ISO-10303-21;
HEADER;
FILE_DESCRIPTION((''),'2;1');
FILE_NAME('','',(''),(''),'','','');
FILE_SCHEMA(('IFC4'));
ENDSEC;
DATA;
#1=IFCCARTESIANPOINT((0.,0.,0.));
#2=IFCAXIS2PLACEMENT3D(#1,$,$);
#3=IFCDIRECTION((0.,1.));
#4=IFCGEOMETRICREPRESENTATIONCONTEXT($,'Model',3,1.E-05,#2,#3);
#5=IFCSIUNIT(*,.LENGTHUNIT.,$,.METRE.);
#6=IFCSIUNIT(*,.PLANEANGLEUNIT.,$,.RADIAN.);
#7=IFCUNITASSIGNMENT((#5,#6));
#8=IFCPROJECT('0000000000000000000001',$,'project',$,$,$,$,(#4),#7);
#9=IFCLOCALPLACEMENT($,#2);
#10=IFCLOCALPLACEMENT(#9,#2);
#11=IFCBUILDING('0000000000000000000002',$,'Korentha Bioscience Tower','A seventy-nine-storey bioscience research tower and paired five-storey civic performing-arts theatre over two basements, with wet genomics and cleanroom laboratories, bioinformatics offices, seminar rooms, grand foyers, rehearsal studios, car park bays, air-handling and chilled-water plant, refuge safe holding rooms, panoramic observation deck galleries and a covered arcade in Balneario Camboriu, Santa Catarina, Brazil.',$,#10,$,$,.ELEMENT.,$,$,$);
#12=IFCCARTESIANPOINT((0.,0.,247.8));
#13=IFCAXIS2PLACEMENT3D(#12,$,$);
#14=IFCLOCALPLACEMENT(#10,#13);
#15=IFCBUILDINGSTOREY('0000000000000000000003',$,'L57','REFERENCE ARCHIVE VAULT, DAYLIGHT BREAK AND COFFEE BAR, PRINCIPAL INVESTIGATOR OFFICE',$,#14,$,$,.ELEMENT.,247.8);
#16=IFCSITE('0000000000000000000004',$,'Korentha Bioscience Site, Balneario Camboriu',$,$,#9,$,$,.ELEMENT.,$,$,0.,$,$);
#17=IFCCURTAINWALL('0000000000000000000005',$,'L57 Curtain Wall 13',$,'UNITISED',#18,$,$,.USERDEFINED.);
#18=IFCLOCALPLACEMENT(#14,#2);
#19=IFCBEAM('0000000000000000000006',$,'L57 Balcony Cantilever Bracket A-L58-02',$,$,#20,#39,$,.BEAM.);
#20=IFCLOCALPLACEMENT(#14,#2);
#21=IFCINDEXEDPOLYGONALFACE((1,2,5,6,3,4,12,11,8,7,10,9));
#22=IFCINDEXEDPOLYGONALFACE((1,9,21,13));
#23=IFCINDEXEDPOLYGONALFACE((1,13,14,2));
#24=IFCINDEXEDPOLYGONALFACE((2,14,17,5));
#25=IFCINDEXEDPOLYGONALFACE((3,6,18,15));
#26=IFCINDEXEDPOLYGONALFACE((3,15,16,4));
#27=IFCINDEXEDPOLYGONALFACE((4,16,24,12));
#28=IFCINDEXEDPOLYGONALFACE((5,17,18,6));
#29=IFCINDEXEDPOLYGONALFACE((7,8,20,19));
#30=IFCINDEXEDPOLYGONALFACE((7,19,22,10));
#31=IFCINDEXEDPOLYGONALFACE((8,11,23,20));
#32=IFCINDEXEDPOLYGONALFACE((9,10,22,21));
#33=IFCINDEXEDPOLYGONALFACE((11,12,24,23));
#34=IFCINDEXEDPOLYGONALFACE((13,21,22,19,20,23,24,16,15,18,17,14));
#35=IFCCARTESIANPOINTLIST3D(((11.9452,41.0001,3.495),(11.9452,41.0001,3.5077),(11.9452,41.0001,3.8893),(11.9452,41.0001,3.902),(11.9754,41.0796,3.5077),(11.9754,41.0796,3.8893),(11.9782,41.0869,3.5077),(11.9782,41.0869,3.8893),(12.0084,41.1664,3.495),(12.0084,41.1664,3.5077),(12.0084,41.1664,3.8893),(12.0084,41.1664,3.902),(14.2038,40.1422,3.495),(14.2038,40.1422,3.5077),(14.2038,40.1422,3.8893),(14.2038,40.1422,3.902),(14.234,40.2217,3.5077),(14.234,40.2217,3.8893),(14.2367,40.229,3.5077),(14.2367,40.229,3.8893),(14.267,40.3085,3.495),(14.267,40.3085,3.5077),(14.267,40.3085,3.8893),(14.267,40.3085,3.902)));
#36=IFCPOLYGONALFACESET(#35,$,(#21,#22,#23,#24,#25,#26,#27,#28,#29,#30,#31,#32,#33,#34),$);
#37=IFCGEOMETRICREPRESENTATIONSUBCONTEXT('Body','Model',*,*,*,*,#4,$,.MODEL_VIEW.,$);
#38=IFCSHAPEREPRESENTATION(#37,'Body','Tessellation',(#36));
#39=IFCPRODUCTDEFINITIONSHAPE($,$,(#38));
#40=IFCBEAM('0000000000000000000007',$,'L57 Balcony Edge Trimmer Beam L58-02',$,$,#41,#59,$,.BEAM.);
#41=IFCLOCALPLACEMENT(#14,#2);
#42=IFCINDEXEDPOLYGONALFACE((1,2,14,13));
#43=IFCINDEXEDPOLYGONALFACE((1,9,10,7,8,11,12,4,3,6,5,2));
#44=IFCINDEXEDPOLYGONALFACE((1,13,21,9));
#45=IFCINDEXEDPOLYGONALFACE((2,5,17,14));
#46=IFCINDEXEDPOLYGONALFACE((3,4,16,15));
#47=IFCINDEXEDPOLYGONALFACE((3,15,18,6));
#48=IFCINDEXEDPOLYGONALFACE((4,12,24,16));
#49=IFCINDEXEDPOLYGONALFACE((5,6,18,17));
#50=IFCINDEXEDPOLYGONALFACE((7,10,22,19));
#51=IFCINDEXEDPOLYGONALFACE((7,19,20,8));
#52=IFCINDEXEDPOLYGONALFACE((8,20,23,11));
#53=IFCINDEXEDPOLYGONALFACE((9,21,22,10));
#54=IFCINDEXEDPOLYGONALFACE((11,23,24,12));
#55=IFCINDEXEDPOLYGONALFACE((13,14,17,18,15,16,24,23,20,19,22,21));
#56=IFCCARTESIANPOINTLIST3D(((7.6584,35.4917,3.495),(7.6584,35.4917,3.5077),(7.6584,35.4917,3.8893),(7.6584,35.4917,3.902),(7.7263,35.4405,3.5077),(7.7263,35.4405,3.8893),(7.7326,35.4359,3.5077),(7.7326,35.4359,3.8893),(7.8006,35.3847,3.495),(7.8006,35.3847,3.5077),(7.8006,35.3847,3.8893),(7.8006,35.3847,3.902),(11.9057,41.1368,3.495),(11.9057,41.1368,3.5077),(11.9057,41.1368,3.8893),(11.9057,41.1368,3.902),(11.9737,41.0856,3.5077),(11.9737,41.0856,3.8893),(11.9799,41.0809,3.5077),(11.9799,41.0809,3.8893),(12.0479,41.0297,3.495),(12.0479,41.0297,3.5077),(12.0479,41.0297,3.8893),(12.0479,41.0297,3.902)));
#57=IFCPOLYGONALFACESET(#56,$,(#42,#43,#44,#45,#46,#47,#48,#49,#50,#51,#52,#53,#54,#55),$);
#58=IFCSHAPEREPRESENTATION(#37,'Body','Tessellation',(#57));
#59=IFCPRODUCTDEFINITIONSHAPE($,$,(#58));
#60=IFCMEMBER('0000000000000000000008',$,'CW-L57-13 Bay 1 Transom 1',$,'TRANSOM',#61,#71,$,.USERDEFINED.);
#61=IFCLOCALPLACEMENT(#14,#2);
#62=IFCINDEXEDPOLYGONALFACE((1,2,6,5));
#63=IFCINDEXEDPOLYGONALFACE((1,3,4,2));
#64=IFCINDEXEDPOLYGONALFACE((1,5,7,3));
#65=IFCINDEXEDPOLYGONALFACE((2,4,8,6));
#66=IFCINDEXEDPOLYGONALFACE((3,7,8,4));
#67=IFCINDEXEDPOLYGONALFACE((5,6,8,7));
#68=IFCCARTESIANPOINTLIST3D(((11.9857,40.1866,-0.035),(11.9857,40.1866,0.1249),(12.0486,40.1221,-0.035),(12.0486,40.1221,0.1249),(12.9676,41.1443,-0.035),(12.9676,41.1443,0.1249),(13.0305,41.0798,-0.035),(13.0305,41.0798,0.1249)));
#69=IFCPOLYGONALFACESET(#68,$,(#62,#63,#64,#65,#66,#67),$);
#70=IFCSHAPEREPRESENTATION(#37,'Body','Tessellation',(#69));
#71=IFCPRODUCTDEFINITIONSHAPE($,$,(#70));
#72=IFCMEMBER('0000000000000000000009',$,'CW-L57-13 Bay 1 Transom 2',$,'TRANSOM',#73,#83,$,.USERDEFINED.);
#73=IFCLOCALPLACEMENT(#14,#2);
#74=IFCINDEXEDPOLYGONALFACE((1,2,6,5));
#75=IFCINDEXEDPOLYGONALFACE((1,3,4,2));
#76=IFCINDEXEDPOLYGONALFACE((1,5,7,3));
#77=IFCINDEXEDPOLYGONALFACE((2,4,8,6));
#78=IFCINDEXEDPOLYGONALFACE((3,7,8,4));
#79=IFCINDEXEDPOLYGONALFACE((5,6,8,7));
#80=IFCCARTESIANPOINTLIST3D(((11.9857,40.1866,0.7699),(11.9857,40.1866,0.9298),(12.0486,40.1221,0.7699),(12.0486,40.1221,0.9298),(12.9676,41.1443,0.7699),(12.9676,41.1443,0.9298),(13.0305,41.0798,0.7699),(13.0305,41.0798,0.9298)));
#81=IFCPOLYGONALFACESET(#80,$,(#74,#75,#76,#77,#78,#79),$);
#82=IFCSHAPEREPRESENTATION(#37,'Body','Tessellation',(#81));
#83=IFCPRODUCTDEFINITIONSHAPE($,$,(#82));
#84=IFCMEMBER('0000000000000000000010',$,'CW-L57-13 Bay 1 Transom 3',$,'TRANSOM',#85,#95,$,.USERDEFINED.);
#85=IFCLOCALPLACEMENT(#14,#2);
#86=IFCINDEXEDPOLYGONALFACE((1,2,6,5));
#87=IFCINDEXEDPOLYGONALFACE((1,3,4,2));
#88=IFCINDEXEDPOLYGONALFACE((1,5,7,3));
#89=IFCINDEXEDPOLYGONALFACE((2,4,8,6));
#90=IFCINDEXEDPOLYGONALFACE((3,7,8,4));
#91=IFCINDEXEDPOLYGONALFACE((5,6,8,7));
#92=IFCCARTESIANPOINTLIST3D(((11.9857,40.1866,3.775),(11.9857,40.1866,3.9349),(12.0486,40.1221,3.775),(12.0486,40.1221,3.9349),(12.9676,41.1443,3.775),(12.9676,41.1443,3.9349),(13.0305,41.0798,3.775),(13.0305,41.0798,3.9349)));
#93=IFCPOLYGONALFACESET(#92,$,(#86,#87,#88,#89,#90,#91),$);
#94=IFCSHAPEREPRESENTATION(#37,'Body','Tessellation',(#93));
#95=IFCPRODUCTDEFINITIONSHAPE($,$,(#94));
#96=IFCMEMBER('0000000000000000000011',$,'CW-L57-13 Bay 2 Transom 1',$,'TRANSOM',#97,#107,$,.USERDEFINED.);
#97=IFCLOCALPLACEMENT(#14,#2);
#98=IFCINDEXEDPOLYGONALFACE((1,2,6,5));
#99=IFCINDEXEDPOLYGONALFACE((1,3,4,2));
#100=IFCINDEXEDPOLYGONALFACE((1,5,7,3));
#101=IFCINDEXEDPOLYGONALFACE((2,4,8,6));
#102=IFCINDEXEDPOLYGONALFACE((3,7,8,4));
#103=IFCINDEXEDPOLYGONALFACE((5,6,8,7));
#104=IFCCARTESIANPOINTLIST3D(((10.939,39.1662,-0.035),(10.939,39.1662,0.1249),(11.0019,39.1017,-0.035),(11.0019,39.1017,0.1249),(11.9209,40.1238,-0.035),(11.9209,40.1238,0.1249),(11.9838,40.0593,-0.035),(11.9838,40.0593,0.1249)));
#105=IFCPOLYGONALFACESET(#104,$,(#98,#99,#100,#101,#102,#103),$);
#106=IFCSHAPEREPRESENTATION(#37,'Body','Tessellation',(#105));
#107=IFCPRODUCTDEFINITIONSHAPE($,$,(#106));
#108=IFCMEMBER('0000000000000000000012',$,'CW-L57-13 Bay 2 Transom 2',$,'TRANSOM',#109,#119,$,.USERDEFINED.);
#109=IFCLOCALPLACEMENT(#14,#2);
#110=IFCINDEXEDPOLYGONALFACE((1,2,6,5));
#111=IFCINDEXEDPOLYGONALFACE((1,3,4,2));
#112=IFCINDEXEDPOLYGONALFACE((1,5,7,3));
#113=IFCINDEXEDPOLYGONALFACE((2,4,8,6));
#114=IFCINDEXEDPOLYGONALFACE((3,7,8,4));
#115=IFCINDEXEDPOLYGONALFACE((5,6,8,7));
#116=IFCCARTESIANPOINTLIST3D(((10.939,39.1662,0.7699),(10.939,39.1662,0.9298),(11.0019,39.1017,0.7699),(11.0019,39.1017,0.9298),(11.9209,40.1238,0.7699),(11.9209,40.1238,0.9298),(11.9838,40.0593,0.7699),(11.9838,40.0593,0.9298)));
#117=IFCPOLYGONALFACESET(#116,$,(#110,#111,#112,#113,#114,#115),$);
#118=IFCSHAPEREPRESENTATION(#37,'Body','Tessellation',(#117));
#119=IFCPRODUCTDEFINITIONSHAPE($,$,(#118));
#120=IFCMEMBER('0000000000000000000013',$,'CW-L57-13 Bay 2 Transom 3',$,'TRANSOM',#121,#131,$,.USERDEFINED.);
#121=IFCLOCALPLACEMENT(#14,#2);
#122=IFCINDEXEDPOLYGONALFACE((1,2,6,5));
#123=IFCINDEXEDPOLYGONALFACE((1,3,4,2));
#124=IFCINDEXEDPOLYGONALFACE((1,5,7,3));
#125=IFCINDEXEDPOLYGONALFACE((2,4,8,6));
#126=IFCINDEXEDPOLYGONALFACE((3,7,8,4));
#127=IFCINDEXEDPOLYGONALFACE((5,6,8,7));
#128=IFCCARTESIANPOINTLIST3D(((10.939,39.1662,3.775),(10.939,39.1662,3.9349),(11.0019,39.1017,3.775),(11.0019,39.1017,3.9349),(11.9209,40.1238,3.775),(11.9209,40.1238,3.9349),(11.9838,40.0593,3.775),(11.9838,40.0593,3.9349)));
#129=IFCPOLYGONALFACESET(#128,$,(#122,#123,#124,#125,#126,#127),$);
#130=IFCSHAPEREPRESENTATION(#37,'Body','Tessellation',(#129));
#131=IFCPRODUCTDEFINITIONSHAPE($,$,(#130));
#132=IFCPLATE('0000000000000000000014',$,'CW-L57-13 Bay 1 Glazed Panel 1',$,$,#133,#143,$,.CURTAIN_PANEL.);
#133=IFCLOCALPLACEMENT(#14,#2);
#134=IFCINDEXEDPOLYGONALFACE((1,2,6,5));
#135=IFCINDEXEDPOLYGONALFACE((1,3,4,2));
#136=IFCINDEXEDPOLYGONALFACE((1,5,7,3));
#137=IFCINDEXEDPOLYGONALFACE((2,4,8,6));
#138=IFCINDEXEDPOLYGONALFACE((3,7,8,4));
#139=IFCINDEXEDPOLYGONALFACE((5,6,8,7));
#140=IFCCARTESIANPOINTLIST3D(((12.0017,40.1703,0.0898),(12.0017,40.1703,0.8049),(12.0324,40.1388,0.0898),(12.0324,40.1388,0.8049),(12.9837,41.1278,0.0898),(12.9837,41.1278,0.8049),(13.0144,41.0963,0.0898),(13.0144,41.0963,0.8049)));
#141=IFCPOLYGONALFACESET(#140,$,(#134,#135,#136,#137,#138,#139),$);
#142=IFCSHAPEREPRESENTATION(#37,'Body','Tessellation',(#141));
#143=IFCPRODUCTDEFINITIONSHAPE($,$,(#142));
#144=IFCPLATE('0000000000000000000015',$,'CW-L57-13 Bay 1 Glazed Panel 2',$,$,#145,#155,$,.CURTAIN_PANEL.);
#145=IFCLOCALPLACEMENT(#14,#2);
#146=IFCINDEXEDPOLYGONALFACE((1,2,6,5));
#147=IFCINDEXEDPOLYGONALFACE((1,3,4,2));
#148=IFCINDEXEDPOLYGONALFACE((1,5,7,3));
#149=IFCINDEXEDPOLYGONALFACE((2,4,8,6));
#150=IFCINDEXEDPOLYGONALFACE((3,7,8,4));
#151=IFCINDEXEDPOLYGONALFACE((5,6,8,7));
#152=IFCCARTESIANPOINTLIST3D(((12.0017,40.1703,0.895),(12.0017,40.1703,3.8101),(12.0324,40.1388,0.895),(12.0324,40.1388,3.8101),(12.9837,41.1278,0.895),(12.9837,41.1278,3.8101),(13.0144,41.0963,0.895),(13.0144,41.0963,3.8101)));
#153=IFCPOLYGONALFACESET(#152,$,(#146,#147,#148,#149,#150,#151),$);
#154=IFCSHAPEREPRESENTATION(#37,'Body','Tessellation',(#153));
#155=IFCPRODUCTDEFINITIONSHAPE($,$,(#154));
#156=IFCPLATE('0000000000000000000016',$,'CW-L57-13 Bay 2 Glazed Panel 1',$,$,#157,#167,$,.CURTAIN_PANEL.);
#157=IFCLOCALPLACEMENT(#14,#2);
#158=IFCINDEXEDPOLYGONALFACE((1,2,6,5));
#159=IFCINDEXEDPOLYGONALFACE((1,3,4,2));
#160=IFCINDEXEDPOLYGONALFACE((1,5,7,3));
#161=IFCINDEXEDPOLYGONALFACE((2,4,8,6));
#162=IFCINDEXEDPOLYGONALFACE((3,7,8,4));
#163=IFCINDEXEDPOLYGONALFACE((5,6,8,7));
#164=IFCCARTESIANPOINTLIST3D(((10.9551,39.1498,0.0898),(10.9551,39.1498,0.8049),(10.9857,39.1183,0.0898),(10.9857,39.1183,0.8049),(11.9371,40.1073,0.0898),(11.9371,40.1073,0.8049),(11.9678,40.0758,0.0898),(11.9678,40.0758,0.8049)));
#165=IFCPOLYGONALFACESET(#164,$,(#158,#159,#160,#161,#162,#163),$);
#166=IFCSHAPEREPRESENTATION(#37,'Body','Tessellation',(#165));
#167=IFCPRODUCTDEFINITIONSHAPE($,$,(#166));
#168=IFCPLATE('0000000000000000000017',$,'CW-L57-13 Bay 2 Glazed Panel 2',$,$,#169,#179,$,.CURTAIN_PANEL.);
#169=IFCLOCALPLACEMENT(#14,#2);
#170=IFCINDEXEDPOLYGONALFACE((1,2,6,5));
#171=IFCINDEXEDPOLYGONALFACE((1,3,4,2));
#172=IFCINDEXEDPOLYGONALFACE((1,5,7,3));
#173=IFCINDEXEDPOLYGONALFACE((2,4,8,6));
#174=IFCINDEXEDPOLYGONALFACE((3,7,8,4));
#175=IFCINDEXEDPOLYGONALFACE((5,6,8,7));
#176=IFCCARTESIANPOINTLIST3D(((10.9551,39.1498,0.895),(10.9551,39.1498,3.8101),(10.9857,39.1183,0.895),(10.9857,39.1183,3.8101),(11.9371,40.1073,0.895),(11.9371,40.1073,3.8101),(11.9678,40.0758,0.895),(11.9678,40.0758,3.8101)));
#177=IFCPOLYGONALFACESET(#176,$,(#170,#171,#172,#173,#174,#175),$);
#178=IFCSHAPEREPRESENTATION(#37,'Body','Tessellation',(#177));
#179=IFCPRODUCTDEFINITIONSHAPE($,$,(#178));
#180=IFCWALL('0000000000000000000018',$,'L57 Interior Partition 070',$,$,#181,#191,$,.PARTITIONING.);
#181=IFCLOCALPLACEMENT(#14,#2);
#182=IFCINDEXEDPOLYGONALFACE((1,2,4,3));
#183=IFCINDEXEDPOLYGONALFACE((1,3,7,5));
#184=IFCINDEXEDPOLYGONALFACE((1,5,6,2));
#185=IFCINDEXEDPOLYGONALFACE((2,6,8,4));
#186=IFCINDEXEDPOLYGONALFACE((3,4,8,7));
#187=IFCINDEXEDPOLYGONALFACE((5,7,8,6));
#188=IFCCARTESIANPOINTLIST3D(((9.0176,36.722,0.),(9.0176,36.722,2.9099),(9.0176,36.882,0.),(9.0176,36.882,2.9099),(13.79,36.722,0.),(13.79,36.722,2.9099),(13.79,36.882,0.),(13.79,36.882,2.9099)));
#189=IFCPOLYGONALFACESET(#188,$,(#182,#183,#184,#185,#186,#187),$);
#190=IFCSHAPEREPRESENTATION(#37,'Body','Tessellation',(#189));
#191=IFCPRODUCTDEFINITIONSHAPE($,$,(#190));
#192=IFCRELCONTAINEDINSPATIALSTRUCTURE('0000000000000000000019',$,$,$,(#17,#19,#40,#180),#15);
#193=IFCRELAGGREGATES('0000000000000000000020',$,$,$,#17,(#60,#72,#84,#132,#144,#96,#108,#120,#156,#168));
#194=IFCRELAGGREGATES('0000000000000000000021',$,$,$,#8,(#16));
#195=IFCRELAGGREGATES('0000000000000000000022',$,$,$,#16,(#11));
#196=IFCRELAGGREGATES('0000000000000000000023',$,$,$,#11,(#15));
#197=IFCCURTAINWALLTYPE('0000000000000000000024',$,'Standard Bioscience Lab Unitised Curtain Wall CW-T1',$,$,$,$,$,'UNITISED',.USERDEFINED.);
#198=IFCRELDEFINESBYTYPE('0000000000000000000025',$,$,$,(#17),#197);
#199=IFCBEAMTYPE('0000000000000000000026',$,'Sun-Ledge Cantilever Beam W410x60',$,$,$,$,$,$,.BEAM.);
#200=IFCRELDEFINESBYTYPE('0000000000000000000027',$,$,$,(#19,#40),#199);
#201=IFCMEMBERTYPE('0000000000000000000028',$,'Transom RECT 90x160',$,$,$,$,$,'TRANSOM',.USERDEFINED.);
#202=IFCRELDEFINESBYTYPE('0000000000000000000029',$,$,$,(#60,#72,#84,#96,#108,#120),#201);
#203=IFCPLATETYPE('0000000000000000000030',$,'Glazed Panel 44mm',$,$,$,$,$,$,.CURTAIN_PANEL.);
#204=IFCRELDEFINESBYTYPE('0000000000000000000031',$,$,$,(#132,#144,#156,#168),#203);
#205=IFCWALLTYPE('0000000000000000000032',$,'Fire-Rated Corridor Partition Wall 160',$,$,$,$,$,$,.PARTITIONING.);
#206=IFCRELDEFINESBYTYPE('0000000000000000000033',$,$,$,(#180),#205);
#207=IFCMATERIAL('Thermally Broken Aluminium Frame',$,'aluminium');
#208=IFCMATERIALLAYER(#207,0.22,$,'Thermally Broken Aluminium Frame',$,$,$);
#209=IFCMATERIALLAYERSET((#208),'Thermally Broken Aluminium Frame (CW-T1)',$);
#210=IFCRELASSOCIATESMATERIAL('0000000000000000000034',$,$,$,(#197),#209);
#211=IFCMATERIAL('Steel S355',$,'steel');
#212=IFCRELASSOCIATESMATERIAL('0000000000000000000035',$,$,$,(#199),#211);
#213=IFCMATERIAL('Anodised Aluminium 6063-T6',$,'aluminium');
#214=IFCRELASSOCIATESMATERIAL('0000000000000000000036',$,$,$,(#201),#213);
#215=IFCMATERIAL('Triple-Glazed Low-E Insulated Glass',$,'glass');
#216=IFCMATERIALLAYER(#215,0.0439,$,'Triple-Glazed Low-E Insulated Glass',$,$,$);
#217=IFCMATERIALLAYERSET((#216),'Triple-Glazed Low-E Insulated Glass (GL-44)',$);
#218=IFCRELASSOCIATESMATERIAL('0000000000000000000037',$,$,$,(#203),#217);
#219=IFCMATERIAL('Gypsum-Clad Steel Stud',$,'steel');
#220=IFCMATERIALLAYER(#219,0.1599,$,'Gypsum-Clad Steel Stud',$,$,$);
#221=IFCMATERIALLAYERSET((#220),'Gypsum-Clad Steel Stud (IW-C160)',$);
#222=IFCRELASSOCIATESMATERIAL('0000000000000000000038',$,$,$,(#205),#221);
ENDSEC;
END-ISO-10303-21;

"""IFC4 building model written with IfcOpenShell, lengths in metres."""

from ifc_helpers import new_model, si_unit, direction, frame, frame_2d, origin, origin_2d, place, context, subcontext, project, spatial, rectangle, i_section, extrude, material, layer, layer_set, material_profile, profile_set, type_object, element, aggregate, save


model = new_model("IFC4")

# Units and contexts
model_context = context("Model", 3, precision=1e-05, world=origin(), true_north=direction((0.0, 1.0)))
body_context = subcontext(model_context, "Body", "Model", "MODEL_VIEW")
ifc_project = project(units=[si_unit("LENGTHUNIT", "METRE"), si_unit("PLANEANGLEUNIT", "RADIAN")], contexts=[model_context])

# Site, building, storey
site_placement = place(None, origin())
site = spatial("IfcSite", under=ifc_project, at=site_placement, Name="Korentha Bioscience Site, Balneario Camboriu", CompositionType="ELEMENT", RefElevation=0.0)
building_placement = place(site_placement, origin())
building = spatial("IfcBuilding", under=site, at=building_placement, Name="Korentha Bioscience Tower", Description="A seventy-nine-storey bioscience research tower and paired five-storey civic performing-arts theatre over two basements, with wet genomics and cleanroom laboratories, bioinformatics offices, seminar rooms, grand foyers, rehearsal studios, car park bays, air-handling and chilled-water plant, refuge safe holding rooms, panoramic observation deck galleries and a covered arcade in Balneario Camboriu, Santa Catarina, Brazil.", CompositionType="ELEMENT")
storey_placement = place(building_placement, frame((0.0, 0.0, 247.8)))
storey = spatial("IfcBuildingStorey", under=building, at=storey_placement, Name="L57", Description="REFERENCE ARCHIVE VAULT, DAYLIGHT BREAK AND COFFEE BAR, PRINCIPAL INVESTIGATOR OFFICE", CompositionType="ELEMENT", Elevation=247.8)

# Curtain wall
ifc_material_1 = material(Name="Thermally Broken Aluminium Frame", Category="aluminium")
ifc_layer_1 = layer(ifc_material_1, 0.22, Name="Thermally Broken Aluminium Frame")
ifc_layer_set_1 = layer_set([ifc_layer_1], Name="Thermally Broken Aluminium Frame (CW-T1)")
curtain_wall_type = type_object("IfcCurtainWallType", Name="Standard Bioscience Lab Unitised Curtain Wall CW-T1", ElementType="UNITISED", PredefinedType="USERDEFINED", material=ifc_layer_set_1)
curtain_wall_placement = place(storey_placement, origin())
curtain_wall = element("IfcCurtainWall", 1, at=curtain_wall_placement, inside=storey, type_object=curtain_wall_type, Name="L57 Curtain Wall 13", ObjectType="UNITISED", PredefinedType="USERDEFINED")
ifc_material_2 = material(Name="Anodised Aluminium 6063-T6", Category="aluminium")

# Beams
ifc_material_3 = material(Name="Steel S355", Category="steel")
ifc_material_profile_1 = material_profile(ifc_material_3, i_section(OverallWidth=0.178, OverallDepth=0.407, WebThickness=0.0078, FlangeThickness=0.0127, at=origin_2d()), Name="Steel S355")
ifc_profile_set_1 = profile_set([ifc_material_profile_1], Name="Steel S355 (CB-410)")
beam_type_1 = type_object("IfcBeamType", Name="Sun-Ledge Cantilever Beam W410x60", PredefinedType="BEAM", material=ifc_profile_set_1)
beam_1_placement = place(storey_placement, frame((14.2354, 40.2253, 3.6985), z_axis=(-0.93483, 0.355096, 0.0), x_axis=(-0.355096, -0.93483, 0.0)))
element("IfcBeam", 2, at=beam_1_placement, inside=storey, type_object=beam_type_1, Name="L57 Balcony Cantilever Bracket A-L58-02", PredefinedType="BEAM", context=body_context, shape_type="SweptSolid", body=[
    extrude(i_section(OverallWidth=0.178, OverallDepth=0.407, WebThickness=0.0078, FlangeThickness=0.0127, at=origin_2d()), origin(), (0.0, 0.0, 1.0), 2.416),
])
beam_2_placement = place(storey_placement, frame((11.9768, 41.0833, 3.6985), z_axis=(-0.601227, -0.799078, 0.0), x_axis=(0.799078, -0.601227, 0.0)))
element("IfcBeam", 3, at=beam_2_placement, inside=storey, type_object=beam_type_1, Name="L57 Balcony Edge Trimmer Beam L58-02", PredefinedType="BEAM", context=body_context, shape_type="SweptSolid", body=[
    extrude(i_section(OverallWidth=0.178, OverallDepth=0.407, WebThickness=0.0078, FlangeThickness=0.0127, at=origin_2d()), origin(), (0.0, 0.0, 1.0), 7.0645),
])

# Members
ifc_material_profile_2 = material_profile(ifc_material_2, rectangle(XDim=0.0901, YDim=0.1599, at=origin_2d()), Name="Anodised Aluminium 6063-T6")
ifc_profile_set_2 = profile_set([ifc_material_profile_2], Name="Anodised Aluminium 6063-T6 (CW-TRN)")
member_type_1 = type_object("IfcMemberType", Name="Transom RECT 90x160", ElementType="TRANSOM", PredefinedType="USERDEFINED", material=ifc_profile_set_2)
member_1_placement = place(storey_placement, frame((12.999, 41.1121, 0.0449), z_axis=(-0.715862, -0.698242, 0.0), x_axis=(0.698242, -0.715862, 0.0)))
member_1 = element("IfcMember", 4, at=member_1_placement, type_object=member_type_1, Name="CW-L57-13 Bay 1 Transom 1", ObjectType="TRANSOM", PredefinedType="USERDEFINED", context=body_context, shape_type="SweptSolid", body=[
    extrude(rectangle(XDim=0.0901, YDim=0.1599, at=origin_2d()), origin(), (0.0, 0.0, 1.0), 1.3716),
])
member_2_placement = place(storey_placement, frame((12.999, 41.1121, 0.8499), z_axis=(-0.715862, -0.698242, 0.0), x_axis=(0.698242, -0.715862, 0.0)))
member_2 = element("IfcMember", 5, at=member_2_placement, type_object=member_type_1, Name="CW-L57-13 Bay 1 Transom 2", ObjectType="TRANSOM", PredefinedType="USERDEFINED", context=body_context, shape_type="SweptSolid", body=[
    extrude(rectangle(XDim=0.0901, YDim=0.1599, at=origin_2d()), origin(), (0.0, 0.0, 1.0), 1.3716),
])
member_3_placement = place(storey_placement, frame((12.999, 41.1121, 3.855), z_axis=(-0.715862, -0.698242, 0.0), x_axis=(0.698242, -0.715862, 0.0)))
member_3 = element("IfcMember", 6, at=member_3_placement, type_object=member_type_1, Name="CW-L57-13 Bay 1 Transom 3", ObjectType="TRANSOM", PredefinedType="USERDEFINED", context=body_context, shape_type="SweptSolid", body=[
    extrude(rectangle(XDim=0.0901, YDim=0.1599, at=origin_2d()), origin(), (0.0, 0.0, 1.0), 1.3716),
])
member_4_placement = place(storey_placement, frame((11.9524, 40.0916, 0.0449), z_axis=(-0.715951, -0.69815, 0.0), x_axis=(0.69815, -0.715951, 0.0)))
member_4 = element("IfcMember", 7, at=member_4_placement, type_object=member_type_1, Name="CW-L57-13 Bay 2 Transom 1", ObjectType="TRANSOM", PredefinedType="USERDEFINED", context=body_context, shape_type="SweptSolid", body=[
    extrude(rectangle(XDim=0.0901, YDim=0.1599, at=origin_2d()), origin(), (0.0, 0.0, 1.0), 1.3716),
])
member_5_placement = place(storey_placement, frame((11.9524, 40.0916, 0.8499), z_axis=(-0.715951, -0.69815, 0.0), x_axis=(0.69815, -0.715951, 0.0)))
member_5 = element("IfcMember", 8, at=member_5_placement, type_object=member_type_1, Name="CW-L57-13 Bay 2 Transom 2", ObjectType="TRANSOM", PredefinedType="USERDEFINED", context=body_context, shape_type="SweptSolid", body=[
    extrude(rectangle(XDim=0.0901, YDim=0.1599, at=origin_2d()), origin(), (0.0, 0.0, 1.0), 1.3716),
])
member_6_placement = place(storey_placement, frame((11.9524, 40.0916, 3.855), z_axis=(-0.715951, -0.69815, 0.0), x_axis=(0.69815, -0.715951, 0.0)))
member_6 = element("IfcMember", 9, at=member_6_placement, type_object=member_type_1, Name="CW-L57-13 Bay 2 Transom 3", ObjectType="TRANSOM", PredefinedType="USERDEFINED", context=body_context, shape_type="SweptSolid", body=[
    extrude(rectangle(XDim=0.0901, YDim=0.1599, at=origin_2d()), origin(), (0.0, 0.0, 1.0), 1.3716),
])

# Plates
ifc_material_4 = material(Name="Triple-Glazed Low-E Insulated Glass", Category="glass")
ifc_layer_2 = layer(ifc_material_4, 0.0439, Name="Triple-Glazed Low-E Insulated Glass")
ifc_layer_set_2 = layer_set([ifc_layer_2], Name="Triple-Glazed Low-E Insulated Glass (GL-44)")
plate_type = type_object("IfcPlateType", Name="Glazed Panel 44mm", PredefinedType="CURTAIN_PANEL", material=ifc_layer_set_2)
plate_1_placement = place(storey_placement, frame((12.5081, 40.6333, 0.0898), z_axis=(0.0, 0.0, 1.0), x_axis=(-0.715994, -0.698107, 0.0)))
plate_1 = element("IfcPlate", 10, at=plate_1_placement, type_object=plate_type, Name="CW-L57-13 Bay 1 Glazed Panel 1", PredefinedType="CURTAIN_PANEL", context=body_context, shape_type="SweptSolid", body=[
    extrude(rectangle(XDim=1.3716, YDim=0.0439, at=origin_2d()), origin(), (0.0, 0.0, 1.0), 0.7151),
])
plate_2_placement = place(storey_placement, frame((12.5081, 40.6333, 0.895), z_axis=(0.0, 0.0, 1.0), x_axis=(-0.715994, -0.698107, 0.0)))
plate_2 = element("IfcPlate", 11, at=plate_2_placement, type_object=plate_type, Name="CW-L57-13 Bay 1 Glazed Panel 2", PredefinedType="CURTAIN_PANEL", context=body_context, shape_type="SweptSolid", body=[
    extrude(rectangle(XDim=1.3716, YDim=0.0439, at=origin_2d()), origin(), (0.0, 0.0, 1.0), 2.915),
])
plate_3_placement = place(storey_placement, frame((11.4614, 39.6128, 0.0898), z_axis=(0.0, 0.0, 1.0), x_axis=(-0.715994, -0.698107, 0.0)))
plate_3 = element("IfcPlate", 12, at=plate_3_placement, type_object=plate_type, Name="CW-L57-13 Bay 2 Glazed Panel 1", PredefinedType="CURTAIN_PANEL", context=body_context, shape_type="SweptSolid", body=[
    extrude(rectangle(XDim=1.3716, YDim=0.0439, at=origin_2d()), origin(), (0.0, 0.0, 1.0), 0.7151),
])
plate_4_placement = place(storey_placement, frame((11.4614, 39.6128, 0.895), z_axis=(0.0, 0.0, 1.0), x_axis=(-0.715994, -0.698107, 0.0)))
plate_4 = element("IfcPlate", 13, at=plate_4_placement, type_object=plate_type, Name="CW-L57-13 Bay 2 Glazed Panel 2", PredefinedType="CURTAIN_PANEL", context=body_context, shape_type="SweptSolid", body=[
    extrude(rectangle(XDim=1.3716, YDim=0.0439, at=origin_2d()), origin(), (0.0, 0.0, 1.0), 2.915),
])
aggregate(curtain_wall, [member_1, member_2, member_3, plate_1, plate_2, member_4, member_5, member_6, plate_3, plate_4])

# Shared definitions
ifc_material_5 = material(Name="Gypsum-Clad Steel Stud", Category="steel")
ifc_layer_3 = layer(ifc_material_5, 0.1599, Name="Gypsum-Clad Steel Stud")
ifc_layer_set_3 = layer_set([ifc_layer_3], Name="Gypsum-Clad Steel Stud (IW-C160)")
wall_type_1 = type_object("IfcWallType", Name="Fire-Rated Corridor Partition Wall 160", PredefinedType="PARTITIONING", material=ifc_layer_set_3)

# Wall
wall_1_placement = place(storey_placement, frame((13.79, 36.802, 0.0), z_axis=(0.0, 0.0, 1.0), x_axis=(-1.0, 0.0, 0.0)))
element("IfcWall", 14, at=wall_1_placement, inside=storey, type_object=wall_type_1, Name="L57 Interior Partition 070", PredefinedType="PARTITIONING", context=body_context, shape_type="SweptSolid", body=[
    extrude(rectangle(XDim=4.7725, YDim=0.1599, at=frame_2d((2.3862, 0.0))), origin(), (0.0, 0.0, 1.0), 2.9099),
])

save(model, "model.ifc")
